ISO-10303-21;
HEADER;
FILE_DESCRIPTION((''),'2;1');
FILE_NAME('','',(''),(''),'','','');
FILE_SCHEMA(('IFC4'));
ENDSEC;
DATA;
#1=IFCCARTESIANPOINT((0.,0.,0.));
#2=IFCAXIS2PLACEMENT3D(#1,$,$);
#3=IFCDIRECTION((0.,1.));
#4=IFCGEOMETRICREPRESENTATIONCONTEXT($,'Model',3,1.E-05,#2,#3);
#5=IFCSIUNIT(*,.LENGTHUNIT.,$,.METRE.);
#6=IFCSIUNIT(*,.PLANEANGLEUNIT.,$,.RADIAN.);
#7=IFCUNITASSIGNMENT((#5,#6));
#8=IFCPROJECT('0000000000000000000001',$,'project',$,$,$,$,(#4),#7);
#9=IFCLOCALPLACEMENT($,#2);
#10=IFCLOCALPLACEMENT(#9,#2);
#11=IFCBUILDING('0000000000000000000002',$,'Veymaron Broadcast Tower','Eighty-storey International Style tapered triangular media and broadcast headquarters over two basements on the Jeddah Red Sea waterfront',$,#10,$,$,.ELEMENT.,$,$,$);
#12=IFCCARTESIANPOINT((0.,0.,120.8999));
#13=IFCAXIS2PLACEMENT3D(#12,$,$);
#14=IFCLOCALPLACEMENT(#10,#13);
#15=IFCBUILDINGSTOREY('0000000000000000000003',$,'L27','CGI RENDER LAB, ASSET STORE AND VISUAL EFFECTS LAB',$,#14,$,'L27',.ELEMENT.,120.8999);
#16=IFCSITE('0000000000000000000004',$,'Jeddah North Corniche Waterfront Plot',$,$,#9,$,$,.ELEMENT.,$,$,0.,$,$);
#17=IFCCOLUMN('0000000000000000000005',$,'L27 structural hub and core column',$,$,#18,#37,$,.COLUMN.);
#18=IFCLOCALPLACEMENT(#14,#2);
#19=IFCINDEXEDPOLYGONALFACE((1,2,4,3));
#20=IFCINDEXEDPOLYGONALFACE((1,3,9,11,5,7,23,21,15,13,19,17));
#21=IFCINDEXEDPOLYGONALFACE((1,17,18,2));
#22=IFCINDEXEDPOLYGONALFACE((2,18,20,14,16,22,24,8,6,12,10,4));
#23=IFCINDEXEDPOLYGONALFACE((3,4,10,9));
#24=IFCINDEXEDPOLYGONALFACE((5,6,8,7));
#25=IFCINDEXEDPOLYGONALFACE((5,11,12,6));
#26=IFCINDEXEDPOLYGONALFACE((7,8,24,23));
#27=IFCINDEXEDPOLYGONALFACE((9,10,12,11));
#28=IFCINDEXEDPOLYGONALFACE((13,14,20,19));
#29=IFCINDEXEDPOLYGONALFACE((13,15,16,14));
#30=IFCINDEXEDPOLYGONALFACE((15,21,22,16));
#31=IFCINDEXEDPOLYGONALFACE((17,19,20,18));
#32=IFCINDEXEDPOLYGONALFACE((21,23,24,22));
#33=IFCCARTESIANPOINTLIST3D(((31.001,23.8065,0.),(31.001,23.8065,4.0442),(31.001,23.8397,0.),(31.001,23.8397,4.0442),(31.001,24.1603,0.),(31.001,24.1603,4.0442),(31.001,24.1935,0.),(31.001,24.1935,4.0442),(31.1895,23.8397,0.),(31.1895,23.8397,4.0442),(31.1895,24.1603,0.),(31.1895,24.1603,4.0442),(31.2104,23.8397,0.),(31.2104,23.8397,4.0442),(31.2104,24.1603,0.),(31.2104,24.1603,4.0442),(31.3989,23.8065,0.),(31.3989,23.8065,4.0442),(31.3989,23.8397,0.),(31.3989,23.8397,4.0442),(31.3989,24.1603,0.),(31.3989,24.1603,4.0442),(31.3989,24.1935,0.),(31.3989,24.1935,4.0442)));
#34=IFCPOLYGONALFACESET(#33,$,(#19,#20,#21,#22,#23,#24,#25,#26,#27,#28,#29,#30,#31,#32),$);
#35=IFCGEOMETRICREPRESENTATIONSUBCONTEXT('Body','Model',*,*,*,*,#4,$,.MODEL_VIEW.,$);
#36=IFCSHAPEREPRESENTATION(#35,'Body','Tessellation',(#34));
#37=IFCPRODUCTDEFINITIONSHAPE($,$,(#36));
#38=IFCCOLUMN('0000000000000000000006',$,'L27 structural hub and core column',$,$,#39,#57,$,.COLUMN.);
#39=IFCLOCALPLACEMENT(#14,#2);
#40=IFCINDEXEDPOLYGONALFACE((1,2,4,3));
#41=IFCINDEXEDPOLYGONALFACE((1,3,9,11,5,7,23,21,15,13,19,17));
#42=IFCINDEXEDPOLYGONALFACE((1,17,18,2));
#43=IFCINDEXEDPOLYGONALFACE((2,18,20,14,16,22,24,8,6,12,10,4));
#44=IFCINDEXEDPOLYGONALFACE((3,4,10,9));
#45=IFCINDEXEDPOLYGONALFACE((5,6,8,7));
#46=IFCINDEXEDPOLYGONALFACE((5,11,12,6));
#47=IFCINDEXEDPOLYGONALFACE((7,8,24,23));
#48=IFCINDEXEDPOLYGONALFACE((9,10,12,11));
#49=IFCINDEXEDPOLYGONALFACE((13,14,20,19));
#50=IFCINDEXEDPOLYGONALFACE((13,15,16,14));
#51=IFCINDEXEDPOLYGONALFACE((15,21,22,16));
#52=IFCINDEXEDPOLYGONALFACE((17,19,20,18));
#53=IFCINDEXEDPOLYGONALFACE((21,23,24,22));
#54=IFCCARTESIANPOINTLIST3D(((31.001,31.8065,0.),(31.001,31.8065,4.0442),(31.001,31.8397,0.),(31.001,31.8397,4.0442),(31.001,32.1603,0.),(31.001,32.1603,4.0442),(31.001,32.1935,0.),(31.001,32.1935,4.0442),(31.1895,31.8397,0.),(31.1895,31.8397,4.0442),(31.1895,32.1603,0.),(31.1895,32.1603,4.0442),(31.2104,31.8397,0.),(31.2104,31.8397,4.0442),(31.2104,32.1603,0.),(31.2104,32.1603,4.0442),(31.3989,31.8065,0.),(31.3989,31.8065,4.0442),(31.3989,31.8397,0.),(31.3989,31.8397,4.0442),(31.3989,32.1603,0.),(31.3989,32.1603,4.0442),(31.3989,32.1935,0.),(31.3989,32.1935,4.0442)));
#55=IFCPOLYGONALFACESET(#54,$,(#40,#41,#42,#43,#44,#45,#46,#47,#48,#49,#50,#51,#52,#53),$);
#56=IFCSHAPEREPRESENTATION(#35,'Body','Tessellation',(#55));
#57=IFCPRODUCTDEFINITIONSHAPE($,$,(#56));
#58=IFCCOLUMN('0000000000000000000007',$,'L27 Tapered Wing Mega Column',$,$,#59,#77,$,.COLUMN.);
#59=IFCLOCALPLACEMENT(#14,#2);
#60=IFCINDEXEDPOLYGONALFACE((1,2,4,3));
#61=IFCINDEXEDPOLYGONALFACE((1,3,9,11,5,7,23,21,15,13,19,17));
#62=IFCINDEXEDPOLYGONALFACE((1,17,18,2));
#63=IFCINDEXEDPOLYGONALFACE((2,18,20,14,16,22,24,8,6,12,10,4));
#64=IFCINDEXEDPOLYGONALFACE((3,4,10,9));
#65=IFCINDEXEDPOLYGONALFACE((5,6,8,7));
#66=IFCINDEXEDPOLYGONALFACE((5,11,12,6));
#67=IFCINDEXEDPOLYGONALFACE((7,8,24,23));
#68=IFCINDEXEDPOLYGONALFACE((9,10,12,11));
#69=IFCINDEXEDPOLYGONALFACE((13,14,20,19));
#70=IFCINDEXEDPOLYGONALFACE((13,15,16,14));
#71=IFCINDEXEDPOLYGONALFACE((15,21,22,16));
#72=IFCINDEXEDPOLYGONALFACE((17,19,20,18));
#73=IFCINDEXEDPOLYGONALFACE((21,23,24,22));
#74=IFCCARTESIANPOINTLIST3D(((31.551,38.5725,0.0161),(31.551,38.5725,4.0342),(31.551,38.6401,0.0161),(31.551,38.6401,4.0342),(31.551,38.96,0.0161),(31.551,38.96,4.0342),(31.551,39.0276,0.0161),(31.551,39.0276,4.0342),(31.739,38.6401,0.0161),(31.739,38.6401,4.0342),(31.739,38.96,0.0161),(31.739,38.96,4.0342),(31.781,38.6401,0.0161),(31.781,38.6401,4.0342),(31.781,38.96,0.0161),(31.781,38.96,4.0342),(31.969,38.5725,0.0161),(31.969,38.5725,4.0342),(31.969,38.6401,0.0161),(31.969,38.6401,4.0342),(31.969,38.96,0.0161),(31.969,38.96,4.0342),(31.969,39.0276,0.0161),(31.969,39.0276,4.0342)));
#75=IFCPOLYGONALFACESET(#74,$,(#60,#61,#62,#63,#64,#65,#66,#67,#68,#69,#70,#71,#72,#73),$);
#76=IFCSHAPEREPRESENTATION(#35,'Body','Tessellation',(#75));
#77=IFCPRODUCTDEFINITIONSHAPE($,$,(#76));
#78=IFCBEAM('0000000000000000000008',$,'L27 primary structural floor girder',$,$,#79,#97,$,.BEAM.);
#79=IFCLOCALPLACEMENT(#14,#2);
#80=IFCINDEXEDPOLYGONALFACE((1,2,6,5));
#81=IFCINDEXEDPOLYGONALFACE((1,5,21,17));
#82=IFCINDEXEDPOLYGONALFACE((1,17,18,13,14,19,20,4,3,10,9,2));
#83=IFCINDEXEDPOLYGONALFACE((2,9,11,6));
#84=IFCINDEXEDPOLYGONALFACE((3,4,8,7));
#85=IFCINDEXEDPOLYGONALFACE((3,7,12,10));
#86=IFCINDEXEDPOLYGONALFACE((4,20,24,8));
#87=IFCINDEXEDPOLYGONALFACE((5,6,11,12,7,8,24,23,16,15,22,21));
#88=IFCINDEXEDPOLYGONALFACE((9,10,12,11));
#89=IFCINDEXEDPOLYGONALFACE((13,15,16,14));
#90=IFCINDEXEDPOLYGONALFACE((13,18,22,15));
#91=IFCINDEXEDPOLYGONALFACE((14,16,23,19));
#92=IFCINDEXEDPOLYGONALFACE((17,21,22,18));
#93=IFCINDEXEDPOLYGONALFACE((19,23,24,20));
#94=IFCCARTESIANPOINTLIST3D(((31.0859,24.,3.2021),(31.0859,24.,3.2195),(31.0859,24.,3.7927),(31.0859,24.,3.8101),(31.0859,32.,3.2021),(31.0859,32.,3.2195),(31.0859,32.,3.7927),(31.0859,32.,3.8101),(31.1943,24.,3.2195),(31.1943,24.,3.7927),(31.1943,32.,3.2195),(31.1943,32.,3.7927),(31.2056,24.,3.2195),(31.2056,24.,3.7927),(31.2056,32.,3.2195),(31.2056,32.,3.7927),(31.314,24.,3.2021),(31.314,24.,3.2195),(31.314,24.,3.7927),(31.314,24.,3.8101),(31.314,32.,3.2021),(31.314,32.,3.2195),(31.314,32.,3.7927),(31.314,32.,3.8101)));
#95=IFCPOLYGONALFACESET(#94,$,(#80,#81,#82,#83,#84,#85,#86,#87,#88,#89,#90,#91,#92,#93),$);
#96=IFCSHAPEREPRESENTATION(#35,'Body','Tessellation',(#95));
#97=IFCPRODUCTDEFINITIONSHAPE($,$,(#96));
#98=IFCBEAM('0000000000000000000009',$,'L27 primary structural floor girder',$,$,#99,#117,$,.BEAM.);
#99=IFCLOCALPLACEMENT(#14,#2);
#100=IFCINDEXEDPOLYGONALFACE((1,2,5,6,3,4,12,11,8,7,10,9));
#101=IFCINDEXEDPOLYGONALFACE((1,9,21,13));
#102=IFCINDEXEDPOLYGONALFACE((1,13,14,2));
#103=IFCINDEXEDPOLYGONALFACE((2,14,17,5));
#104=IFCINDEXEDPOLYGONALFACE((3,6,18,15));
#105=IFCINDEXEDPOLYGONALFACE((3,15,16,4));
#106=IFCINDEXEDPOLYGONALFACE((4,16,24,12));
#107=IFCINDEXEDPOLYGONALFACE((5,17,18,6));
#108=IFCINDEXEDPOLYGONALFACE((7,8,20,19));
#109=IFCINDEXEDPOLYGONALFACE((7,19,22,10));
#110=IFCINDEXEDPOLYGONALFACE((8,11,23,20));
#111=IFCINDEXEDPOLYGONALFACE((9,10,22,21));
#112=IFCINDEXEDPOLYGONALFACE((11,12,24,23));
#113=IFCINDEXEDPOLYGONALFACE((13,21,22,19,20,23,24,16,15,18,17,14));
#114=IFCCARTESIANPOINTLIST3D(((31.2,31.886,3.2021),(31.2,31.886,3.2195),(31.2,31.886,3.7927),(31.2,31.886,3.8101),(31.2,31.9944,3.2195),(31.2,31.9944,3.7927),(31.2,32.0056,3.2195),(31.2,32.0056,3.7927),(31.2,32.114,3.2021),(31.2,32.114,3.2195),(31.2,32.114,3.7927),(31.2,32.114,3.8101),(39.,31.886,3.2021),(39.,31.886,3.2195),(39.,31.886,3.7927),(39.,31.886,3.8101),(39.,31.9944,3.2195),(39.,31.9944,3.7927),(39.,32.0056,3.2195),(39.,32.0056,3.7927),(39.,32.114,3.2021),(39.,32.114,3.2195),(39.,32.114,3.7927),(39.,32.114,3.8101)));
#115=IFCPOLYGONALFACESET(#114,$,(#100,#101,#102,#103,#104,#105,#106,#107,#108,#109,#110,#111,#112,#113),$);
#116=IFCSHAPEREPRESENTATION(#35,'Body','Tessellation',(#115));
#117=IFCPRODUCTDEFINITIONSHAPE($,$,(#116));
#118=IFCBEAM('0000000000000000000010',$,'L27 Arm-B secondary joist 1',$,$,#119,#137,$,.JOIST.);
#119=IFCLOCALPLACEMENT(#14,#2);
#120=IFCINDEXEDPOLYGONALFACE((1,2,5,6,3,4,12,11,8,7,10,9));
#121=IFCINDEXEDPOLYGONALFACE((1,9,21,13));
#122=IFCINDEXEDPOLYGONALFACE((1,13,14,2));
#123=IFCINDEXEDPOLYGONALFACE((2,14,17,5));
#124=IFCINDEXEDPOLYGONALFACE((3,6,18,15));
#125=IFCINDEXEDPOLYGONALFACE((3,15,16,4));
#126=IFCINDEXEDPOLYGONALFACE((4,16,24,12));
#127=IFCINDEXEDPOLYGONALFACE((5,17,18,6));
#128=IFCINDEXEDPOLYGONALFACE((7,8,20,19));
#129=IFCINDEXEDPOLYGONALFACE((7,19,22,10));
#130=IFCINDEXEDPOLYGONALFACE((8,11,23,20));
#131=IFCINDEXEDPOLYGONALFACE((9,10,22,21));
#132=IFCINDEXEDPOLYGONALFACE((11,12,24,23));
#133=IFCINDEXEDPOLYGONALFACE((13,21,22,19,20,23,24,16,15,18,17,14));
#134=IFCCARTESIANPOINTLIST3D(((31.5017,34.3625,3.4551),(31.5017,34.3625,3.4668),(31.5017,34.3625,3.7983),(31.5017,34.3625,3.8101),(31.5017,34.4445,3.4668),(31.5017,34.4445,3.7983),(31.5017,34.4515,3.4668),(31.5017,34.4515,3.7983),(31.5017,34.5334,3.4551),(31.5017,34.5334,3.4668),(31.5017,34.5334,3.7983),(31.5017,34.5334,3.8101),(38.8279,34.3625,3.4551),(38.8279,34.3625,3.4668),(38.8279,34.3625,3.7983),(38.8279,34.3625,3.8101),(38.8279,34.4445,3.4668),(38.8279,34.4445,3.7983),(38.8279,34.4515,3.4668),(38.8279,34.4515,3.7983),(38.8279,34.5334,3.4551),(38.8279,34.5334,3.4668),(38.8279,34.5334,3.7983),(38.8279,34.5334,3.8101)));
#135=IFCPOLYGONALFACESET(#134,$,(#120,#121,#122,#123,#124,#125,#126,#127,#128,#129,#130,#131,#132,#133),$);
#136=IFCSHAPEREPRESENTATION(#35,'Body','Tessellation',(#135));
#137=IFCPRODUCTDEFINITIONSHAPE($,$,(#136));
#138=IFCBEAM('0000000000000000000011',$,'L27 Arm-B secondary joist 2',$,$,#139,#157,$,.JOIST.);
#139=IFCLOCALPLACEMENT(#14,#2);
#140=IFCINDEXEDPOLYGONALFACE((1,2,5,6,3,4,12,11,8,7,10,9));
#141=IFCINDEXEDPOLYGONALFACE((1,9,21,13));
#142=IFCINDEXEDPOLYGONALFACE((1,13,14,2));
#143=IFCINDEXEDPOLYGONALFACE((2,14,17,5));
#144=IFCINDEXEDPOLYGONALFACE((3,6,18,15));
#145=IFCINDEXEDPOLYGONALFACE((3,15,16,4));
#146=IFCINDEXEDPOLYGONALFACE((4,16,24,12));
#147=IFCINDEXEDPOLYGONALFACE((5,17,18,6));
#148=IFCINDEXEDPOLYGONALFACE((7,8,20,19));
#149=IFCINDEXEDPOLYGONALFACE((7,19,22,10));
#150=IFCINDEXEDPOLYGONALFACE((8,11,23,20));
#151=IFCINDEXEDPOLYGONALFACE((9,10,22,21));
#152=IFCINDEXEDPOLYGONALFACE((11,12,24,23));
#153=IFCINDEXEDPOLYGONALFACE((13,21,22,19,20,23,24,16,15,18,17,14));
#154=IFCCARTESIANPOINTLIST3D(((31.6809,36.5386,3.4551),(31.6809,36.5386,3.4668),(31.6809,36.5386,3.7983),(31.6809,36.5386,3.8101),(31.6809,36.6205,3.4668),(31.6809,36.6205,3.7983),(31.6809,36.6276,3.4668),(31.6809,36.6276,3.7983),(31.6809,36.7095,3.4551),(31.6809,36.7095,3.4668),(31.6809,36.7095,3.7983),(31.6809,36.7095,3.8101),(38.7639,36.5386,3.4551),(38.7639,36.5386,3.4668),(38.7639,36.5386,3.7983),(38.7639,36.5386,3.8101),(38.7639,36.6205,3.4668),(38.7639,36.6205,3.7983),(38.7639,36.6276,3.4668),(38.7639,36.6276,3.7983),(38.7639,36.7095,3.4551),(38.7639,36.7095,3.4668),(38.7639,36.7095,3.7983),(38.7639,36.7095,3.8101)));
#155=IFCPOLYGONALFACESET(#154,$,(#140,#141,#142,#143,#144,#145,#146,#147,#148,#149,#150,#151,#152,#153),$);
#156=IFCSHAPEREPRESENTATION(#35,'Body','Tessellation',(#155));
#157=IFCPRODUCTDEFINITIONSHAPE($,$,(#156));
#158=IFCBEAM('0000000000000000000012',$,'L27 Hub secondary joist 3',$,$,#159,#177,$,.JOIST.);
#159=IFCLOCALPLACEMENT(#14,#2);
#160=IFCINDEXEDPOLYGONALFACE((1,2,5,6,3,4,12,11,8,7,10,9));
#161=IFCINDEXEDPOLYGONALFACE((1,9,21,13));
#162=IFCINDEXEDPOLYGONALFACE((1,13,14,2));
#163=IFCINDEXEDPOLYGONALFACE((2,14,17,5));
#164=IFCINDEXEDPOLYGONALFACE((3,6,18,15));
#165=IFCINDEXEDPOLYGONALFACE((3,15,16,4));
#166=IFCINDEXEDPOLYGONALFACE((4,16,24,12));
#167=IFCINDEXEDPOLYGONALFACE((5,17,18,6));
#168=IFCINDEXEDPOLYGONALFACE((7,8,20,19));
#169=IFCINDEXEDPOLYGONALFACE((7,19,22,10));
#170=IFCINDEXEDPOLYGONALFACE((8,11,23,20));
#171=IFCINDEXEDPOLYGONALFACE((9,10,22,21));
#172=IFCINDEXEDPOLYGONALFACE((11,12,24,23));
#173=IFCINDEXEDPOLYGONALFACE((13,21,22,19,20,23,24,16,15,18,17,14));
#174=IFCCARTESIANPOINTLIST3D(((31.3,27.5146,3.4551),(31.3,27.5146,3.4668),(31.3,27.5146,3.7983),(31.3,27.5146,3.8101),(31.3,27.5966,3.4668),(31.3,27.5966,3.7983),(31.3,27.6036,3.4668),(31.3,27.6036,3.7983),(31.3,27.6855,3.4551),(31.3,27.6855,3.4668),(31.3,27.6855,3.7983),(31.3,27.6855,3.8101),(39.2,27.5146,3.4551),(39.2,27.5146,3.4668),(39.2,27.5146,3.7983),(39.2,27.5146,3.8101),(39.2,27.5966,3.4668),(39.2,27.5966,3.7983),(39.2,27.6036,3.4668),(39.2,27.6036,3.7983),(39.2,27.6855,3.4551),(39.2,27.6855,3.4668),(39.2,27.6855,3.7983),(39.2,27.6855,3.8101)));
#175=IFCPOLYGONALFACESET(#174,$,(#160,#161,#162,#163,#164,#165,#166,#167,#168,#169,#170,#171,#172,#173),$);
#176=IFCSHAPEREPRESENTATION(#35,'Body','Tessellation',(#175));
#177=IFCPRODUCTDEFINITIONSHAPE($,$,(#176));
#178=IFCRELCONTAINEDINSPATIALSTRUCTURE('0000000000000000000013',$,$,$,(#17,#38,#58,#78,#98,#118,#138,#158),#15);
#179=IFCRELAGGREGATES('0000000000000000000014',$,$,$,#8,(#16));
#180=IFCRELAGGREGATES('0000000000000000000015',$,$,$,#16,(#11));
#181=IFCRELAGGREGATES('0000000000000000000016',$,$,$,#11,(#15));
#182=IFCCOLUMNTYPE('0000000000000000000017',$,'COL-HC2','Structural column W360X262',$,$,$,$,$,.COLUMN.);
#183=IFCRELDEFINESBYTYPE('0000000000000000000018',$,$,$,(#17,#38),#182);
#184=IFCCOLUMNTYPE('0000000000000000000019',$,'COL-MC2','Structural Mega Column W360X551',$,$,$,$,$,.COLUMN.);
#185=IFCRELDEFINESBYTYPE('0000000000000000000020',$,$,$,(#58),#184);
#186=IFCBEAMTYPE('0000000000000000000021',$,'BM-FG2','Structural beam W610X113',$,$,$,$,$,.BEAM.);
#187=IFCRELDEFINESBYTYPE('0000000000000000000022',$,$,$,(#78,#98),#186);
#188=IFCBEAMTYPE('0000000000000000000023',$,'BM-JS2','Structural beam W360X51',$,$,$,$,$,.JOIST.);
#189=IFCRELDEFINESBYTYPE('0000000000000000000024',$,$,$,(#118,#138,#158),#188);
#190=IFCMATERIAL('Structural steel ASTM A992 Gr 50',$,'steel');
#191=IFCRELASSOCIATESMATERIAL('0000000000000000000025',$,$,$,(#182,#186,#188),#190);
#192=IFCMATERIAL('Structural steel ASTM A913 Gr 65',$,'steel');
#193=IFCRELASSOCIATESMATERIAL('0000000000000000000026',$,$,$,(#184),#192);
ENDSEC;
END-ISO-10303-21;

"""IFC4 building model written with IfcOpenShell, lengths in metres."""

from ifc_helpers import new_model, si_unit, direction, frame, origin, origin_2d, place, context, subcontext, project, spatial, i_section, extrude, material, material_profile, profile_set, type_object, element, save


model = new_model("IFC4")

# Units and contexts
model_context = context("Model", 3, precision=1e-05, world=origin(), true_north=direction((0.0, 1.0)))
body_context = subcontext(model_context, "Body", "Model", "MODEL_VIEW")
ifc_project = project(units=[si_unit("LENGTHUNIT", "METRE"), si_unit("PLANEANGLEUNIT", "RADIAN")], contexts=[model_context])

# Site, building, storey
site_placement = place(None, origin())
site = spatial("IfcSite", under=ifc_project, at=site_placement, Name="Jeddah North Corniche Waterfront Plot", CompositionType="ELEMENT", RefElevation=0.0)
building_placement = place(site_placement, origin())
building = spatial("IfcBuilding", under=site, at=building_placement, Name="Veymaron Broadcast Tower", Description="Eighty-storey International Style tapered triangular media and broadcast headquarters over two basements on the Jeddah Red Sea waterfront", CompositionType="ELEMENT")
storey_placement = place(building_placement, frame((0.0, 0.0, 120.8999)))
storey = spatial("IfcBuildingStorey", under=building, at=storey_placement, Name="L27", Description="CGI RENDER LAB, ASSET STORE AND VISUAL EFFECTS LAB", LongName="L27", CompositionType="ELEMENT", Elevation=120.8999)

# Columns
ifc_material_1 = material(Name="Structural steel ASTM A992 Gr 50", Category="steel")
ifc_material_profile_1 = material_profile(ifc_material_1, i_section(OverallWidth=0.3979, OverallDepth=0.387, WebThickness=0.021, FlangeThickness=0.0332, at=origin_2d()), Name="W360X262")
ifc_profile_set_1 = profile_set([ifc_material_profile_1], Name="Structural steel ASTM A992 Gr 50")
column_type_1 = type_object("IfcColumnType", Name="COL-HC2", Description="Structural column W360X262", PredefinedType="COLUMN", material=ifc_profile_set_1)
for number, where, z_axis, x_axis, name in (
    (1, (31.2, 24.0, 0.0), (0.0, 0.0, 1.0), (1.0, 0.0, 0.0), "L27 structural hub and core column"),
    (2, (31.2, 32.0, 0.0), (0.0, 0.0, 1.0), (1.0, 0.0, 0.0), "L27 structural hub and core column"),
):
    element("IfcColumn", number, at=place(storey_placement, frame(where, z_axis=z_axis, x_axis=x_axis)), inside=storey, type_object=column_type_1, Name=name, PredefinedType="COLUMN", context=body_context, shape_type="SweptSolid", body=[
        extrude(i_section(OverallWidth=0.3979, OverallDepth=0.387, WebThickness=0.021, FlangeThickness=0.0332, at=origin_2d()), origin(), (0.0, 0.0, 1.0), 4.0442),
    ])
ifc_material_2 = material(Name="Structural steel ASTM A913 Gr 65", Category="steel")
ifc_material_profile_2 = material_profile(ifc_material_2, i_section(OverallWidth=0.418, OverallDepth=0.4551, WebThickness=0.042, FlangeThickness=0.0676, at=origin_2d()), Name="W360X551")
ifc_profile_set_2 = profile_set([ifc_material_profile_2], Name="Structural steel ASTM A913 Gr 65")
column_type_2 = type_object("IfcColumnType", Name="COL-MC2", Description="Structural Mega Column W360X551", PredefinedType="COLUMN", material=ifc_profile_set_2)
column_placement = place(storey_placement, frame((31.76, 38.8, 0.0161), z_axis=(0.0, 0.0, 1.0), x_axis=(1.0, 0.0, 0.0)))
element("IfcColumn", 3, at=column_placement, inside=storey, type_object=column_type_2, Name="L27 Tapered Wing Mega Column", PredefinedType="COLUMN", context=body_context, shape_type="SweptSolid", body=[
    extrude(i_section(OverallWidth=0.418, OverallDepth=0.4551, WebThickness=0.042, FlangeThickness=0.0676, at=origin_2d()), origin(), (0.0, 0.0, 1.0), 4.0181),
])

# Beams
ifc_material_profile_3 = material_profile(ifc_material_1, i_section(OverallWidth=0.228, OverallDepth=0.6079, WebThickness=0.0112, FlangeThickness=0.0173, at=origin_2d()), Name="W610X113")
ifc_profile_set_3 = profile_set([ifc_material_profile_3], Name="Structural steel ASTM A992 Gr 50")
beam_type_1 = type_object("IfcBeamType", Name="BM-FG2", Description="Structural beam W610X113", PredefinedType="BEAM", material=ifc_profile_set_3)
beam_1_placement = place(storey_placement, frame((31.2, 24.0, 3.5061), z_axis=(0.0, 1.0, 0.0), x_axis=(-1.0, 0.0, 0.0)))
element("IfcBeam", 4, at=beam_1_placement, inside=storey, type_object=beam_type_1, Name="L27 primary structural floor girder", PredefinedType="BEAM", context=body_context, shape_type="SweptSolid", body=[
    extrude(i_section(OverallWidth=0.228, OverallDepth=0.6079, WebThickness=0.0112, FlangeThickness=0.0173, at=origin_2d()), origin(), (0.0, 0.0, 1.0), 8.0),
])
beam_2_placement = place(storey_placement, frame((31.2, 32.0, 3.5061), z_axis=(1.0, 0.0, 0.0), x_axis=(0.0, 1.0, 0.0)))
element("IfcBeam", 5, at=beam_2_placement, inside=storey, type_object=beam_type_1, Name="L27 primary structural floor girder", PredefinedType="BEAM", context=body_context, shape_type="SweptSolid", body=[
    extrude(i_section(OverallWidth=0.228, OverallDepth=0.6079, WebThickness=0.0112, FlangeThickness=0.0173, at=origin_2d()), origin(), (0.0, 0.0, 1.0), 7.8),
])
ifc_material_profile_4 = material_profile(ifc_material_1, i_section(OverallWidth=0.1709, OverallDepth=0.355, WebThickness=0.0071, FlangeThickness=0.0117, at=origin_2d()), Name="W360X51")
ifc_profile_set_4 = profile_set([ifc_material_profile_4], Name="Structural steel ASTM A992 Gr 50")
beam_type_2 = type_object("IfcBeamType", Name="BM-JS2", Description="Structural beam W360X51", PredefinedType="JOIST", material=ifc_profile_set_4)
beam_3_placement = place(storey_placement, frame((31.5017, 34.448, 3.6326), z_axis=(1.0, 0.0, 0.0), x_axis=(0.0, 1.0, 0.0)))
element("IfcBeam", 6, at=beam_3_placement, inside=storey, type_object=beam_type_2, Name="L27 Arm-B secondary joist 1", PredefinedType="JOIST", context=body_context, shape_type="SweptSolid", body=[
    extrude(i_section(OverallWidth=0.1709, OverallDepth=0.355, WebThickness=0.0071, FlangeThickness=0.0117, at=origin_2d()), origin(), (0.0, 0.0, 1.0), 7.3262),
])
beam_4_placement = place(storey_placement, frame((31.6809, 36.624, 3.6326), z_axis=(1.0, 0.0, 0.0), x_axis=(0.0, 1.0, 0.0)))
element("IfcBeam", 7, at=beam_4_placement, inside=storey, type_object=beam_type_2, Name="L27 Arm-B secondary joist 2", PredefinedType="JOIST", context=body_context, shape_type="SweptSolid", body=[
    extrude(i_section(OverallWidth=0.1709, OverallDepth=0.355, WebThickness=0.0071, FlangeThickness=0.0117, at=origin_2d()), origin(), (0.0, 0.0, 1.0), 7.083),
])
for number, where, z_axis, x_axis, name in (
    (8, (31.3, 27.6001, 3.6326), (1.0, 0.0, 0.0), (0.0, 1.0, 0.0), "L27 Hub secondary joist 3"),
):
    element("IfcBeam", number, at=place(storey_placement, frame(where, z_axis=z_axis, x_axis=x_axis)), inside=storey, type_object=beam_type_2, Name=name, PredefinedType="JOIST", context=body_context, shape_type="SweptSolid", body=[
        extrude(i_section(OverallWidth=0.1709, OverallDepth=0.355, WebThickness=0.0071, FlangeThickness=0.0117, at=origin_2d()), origin(), (0.0, 0.0, 1.0), 7.8999),
    ])

save(model, "model.ifc")
